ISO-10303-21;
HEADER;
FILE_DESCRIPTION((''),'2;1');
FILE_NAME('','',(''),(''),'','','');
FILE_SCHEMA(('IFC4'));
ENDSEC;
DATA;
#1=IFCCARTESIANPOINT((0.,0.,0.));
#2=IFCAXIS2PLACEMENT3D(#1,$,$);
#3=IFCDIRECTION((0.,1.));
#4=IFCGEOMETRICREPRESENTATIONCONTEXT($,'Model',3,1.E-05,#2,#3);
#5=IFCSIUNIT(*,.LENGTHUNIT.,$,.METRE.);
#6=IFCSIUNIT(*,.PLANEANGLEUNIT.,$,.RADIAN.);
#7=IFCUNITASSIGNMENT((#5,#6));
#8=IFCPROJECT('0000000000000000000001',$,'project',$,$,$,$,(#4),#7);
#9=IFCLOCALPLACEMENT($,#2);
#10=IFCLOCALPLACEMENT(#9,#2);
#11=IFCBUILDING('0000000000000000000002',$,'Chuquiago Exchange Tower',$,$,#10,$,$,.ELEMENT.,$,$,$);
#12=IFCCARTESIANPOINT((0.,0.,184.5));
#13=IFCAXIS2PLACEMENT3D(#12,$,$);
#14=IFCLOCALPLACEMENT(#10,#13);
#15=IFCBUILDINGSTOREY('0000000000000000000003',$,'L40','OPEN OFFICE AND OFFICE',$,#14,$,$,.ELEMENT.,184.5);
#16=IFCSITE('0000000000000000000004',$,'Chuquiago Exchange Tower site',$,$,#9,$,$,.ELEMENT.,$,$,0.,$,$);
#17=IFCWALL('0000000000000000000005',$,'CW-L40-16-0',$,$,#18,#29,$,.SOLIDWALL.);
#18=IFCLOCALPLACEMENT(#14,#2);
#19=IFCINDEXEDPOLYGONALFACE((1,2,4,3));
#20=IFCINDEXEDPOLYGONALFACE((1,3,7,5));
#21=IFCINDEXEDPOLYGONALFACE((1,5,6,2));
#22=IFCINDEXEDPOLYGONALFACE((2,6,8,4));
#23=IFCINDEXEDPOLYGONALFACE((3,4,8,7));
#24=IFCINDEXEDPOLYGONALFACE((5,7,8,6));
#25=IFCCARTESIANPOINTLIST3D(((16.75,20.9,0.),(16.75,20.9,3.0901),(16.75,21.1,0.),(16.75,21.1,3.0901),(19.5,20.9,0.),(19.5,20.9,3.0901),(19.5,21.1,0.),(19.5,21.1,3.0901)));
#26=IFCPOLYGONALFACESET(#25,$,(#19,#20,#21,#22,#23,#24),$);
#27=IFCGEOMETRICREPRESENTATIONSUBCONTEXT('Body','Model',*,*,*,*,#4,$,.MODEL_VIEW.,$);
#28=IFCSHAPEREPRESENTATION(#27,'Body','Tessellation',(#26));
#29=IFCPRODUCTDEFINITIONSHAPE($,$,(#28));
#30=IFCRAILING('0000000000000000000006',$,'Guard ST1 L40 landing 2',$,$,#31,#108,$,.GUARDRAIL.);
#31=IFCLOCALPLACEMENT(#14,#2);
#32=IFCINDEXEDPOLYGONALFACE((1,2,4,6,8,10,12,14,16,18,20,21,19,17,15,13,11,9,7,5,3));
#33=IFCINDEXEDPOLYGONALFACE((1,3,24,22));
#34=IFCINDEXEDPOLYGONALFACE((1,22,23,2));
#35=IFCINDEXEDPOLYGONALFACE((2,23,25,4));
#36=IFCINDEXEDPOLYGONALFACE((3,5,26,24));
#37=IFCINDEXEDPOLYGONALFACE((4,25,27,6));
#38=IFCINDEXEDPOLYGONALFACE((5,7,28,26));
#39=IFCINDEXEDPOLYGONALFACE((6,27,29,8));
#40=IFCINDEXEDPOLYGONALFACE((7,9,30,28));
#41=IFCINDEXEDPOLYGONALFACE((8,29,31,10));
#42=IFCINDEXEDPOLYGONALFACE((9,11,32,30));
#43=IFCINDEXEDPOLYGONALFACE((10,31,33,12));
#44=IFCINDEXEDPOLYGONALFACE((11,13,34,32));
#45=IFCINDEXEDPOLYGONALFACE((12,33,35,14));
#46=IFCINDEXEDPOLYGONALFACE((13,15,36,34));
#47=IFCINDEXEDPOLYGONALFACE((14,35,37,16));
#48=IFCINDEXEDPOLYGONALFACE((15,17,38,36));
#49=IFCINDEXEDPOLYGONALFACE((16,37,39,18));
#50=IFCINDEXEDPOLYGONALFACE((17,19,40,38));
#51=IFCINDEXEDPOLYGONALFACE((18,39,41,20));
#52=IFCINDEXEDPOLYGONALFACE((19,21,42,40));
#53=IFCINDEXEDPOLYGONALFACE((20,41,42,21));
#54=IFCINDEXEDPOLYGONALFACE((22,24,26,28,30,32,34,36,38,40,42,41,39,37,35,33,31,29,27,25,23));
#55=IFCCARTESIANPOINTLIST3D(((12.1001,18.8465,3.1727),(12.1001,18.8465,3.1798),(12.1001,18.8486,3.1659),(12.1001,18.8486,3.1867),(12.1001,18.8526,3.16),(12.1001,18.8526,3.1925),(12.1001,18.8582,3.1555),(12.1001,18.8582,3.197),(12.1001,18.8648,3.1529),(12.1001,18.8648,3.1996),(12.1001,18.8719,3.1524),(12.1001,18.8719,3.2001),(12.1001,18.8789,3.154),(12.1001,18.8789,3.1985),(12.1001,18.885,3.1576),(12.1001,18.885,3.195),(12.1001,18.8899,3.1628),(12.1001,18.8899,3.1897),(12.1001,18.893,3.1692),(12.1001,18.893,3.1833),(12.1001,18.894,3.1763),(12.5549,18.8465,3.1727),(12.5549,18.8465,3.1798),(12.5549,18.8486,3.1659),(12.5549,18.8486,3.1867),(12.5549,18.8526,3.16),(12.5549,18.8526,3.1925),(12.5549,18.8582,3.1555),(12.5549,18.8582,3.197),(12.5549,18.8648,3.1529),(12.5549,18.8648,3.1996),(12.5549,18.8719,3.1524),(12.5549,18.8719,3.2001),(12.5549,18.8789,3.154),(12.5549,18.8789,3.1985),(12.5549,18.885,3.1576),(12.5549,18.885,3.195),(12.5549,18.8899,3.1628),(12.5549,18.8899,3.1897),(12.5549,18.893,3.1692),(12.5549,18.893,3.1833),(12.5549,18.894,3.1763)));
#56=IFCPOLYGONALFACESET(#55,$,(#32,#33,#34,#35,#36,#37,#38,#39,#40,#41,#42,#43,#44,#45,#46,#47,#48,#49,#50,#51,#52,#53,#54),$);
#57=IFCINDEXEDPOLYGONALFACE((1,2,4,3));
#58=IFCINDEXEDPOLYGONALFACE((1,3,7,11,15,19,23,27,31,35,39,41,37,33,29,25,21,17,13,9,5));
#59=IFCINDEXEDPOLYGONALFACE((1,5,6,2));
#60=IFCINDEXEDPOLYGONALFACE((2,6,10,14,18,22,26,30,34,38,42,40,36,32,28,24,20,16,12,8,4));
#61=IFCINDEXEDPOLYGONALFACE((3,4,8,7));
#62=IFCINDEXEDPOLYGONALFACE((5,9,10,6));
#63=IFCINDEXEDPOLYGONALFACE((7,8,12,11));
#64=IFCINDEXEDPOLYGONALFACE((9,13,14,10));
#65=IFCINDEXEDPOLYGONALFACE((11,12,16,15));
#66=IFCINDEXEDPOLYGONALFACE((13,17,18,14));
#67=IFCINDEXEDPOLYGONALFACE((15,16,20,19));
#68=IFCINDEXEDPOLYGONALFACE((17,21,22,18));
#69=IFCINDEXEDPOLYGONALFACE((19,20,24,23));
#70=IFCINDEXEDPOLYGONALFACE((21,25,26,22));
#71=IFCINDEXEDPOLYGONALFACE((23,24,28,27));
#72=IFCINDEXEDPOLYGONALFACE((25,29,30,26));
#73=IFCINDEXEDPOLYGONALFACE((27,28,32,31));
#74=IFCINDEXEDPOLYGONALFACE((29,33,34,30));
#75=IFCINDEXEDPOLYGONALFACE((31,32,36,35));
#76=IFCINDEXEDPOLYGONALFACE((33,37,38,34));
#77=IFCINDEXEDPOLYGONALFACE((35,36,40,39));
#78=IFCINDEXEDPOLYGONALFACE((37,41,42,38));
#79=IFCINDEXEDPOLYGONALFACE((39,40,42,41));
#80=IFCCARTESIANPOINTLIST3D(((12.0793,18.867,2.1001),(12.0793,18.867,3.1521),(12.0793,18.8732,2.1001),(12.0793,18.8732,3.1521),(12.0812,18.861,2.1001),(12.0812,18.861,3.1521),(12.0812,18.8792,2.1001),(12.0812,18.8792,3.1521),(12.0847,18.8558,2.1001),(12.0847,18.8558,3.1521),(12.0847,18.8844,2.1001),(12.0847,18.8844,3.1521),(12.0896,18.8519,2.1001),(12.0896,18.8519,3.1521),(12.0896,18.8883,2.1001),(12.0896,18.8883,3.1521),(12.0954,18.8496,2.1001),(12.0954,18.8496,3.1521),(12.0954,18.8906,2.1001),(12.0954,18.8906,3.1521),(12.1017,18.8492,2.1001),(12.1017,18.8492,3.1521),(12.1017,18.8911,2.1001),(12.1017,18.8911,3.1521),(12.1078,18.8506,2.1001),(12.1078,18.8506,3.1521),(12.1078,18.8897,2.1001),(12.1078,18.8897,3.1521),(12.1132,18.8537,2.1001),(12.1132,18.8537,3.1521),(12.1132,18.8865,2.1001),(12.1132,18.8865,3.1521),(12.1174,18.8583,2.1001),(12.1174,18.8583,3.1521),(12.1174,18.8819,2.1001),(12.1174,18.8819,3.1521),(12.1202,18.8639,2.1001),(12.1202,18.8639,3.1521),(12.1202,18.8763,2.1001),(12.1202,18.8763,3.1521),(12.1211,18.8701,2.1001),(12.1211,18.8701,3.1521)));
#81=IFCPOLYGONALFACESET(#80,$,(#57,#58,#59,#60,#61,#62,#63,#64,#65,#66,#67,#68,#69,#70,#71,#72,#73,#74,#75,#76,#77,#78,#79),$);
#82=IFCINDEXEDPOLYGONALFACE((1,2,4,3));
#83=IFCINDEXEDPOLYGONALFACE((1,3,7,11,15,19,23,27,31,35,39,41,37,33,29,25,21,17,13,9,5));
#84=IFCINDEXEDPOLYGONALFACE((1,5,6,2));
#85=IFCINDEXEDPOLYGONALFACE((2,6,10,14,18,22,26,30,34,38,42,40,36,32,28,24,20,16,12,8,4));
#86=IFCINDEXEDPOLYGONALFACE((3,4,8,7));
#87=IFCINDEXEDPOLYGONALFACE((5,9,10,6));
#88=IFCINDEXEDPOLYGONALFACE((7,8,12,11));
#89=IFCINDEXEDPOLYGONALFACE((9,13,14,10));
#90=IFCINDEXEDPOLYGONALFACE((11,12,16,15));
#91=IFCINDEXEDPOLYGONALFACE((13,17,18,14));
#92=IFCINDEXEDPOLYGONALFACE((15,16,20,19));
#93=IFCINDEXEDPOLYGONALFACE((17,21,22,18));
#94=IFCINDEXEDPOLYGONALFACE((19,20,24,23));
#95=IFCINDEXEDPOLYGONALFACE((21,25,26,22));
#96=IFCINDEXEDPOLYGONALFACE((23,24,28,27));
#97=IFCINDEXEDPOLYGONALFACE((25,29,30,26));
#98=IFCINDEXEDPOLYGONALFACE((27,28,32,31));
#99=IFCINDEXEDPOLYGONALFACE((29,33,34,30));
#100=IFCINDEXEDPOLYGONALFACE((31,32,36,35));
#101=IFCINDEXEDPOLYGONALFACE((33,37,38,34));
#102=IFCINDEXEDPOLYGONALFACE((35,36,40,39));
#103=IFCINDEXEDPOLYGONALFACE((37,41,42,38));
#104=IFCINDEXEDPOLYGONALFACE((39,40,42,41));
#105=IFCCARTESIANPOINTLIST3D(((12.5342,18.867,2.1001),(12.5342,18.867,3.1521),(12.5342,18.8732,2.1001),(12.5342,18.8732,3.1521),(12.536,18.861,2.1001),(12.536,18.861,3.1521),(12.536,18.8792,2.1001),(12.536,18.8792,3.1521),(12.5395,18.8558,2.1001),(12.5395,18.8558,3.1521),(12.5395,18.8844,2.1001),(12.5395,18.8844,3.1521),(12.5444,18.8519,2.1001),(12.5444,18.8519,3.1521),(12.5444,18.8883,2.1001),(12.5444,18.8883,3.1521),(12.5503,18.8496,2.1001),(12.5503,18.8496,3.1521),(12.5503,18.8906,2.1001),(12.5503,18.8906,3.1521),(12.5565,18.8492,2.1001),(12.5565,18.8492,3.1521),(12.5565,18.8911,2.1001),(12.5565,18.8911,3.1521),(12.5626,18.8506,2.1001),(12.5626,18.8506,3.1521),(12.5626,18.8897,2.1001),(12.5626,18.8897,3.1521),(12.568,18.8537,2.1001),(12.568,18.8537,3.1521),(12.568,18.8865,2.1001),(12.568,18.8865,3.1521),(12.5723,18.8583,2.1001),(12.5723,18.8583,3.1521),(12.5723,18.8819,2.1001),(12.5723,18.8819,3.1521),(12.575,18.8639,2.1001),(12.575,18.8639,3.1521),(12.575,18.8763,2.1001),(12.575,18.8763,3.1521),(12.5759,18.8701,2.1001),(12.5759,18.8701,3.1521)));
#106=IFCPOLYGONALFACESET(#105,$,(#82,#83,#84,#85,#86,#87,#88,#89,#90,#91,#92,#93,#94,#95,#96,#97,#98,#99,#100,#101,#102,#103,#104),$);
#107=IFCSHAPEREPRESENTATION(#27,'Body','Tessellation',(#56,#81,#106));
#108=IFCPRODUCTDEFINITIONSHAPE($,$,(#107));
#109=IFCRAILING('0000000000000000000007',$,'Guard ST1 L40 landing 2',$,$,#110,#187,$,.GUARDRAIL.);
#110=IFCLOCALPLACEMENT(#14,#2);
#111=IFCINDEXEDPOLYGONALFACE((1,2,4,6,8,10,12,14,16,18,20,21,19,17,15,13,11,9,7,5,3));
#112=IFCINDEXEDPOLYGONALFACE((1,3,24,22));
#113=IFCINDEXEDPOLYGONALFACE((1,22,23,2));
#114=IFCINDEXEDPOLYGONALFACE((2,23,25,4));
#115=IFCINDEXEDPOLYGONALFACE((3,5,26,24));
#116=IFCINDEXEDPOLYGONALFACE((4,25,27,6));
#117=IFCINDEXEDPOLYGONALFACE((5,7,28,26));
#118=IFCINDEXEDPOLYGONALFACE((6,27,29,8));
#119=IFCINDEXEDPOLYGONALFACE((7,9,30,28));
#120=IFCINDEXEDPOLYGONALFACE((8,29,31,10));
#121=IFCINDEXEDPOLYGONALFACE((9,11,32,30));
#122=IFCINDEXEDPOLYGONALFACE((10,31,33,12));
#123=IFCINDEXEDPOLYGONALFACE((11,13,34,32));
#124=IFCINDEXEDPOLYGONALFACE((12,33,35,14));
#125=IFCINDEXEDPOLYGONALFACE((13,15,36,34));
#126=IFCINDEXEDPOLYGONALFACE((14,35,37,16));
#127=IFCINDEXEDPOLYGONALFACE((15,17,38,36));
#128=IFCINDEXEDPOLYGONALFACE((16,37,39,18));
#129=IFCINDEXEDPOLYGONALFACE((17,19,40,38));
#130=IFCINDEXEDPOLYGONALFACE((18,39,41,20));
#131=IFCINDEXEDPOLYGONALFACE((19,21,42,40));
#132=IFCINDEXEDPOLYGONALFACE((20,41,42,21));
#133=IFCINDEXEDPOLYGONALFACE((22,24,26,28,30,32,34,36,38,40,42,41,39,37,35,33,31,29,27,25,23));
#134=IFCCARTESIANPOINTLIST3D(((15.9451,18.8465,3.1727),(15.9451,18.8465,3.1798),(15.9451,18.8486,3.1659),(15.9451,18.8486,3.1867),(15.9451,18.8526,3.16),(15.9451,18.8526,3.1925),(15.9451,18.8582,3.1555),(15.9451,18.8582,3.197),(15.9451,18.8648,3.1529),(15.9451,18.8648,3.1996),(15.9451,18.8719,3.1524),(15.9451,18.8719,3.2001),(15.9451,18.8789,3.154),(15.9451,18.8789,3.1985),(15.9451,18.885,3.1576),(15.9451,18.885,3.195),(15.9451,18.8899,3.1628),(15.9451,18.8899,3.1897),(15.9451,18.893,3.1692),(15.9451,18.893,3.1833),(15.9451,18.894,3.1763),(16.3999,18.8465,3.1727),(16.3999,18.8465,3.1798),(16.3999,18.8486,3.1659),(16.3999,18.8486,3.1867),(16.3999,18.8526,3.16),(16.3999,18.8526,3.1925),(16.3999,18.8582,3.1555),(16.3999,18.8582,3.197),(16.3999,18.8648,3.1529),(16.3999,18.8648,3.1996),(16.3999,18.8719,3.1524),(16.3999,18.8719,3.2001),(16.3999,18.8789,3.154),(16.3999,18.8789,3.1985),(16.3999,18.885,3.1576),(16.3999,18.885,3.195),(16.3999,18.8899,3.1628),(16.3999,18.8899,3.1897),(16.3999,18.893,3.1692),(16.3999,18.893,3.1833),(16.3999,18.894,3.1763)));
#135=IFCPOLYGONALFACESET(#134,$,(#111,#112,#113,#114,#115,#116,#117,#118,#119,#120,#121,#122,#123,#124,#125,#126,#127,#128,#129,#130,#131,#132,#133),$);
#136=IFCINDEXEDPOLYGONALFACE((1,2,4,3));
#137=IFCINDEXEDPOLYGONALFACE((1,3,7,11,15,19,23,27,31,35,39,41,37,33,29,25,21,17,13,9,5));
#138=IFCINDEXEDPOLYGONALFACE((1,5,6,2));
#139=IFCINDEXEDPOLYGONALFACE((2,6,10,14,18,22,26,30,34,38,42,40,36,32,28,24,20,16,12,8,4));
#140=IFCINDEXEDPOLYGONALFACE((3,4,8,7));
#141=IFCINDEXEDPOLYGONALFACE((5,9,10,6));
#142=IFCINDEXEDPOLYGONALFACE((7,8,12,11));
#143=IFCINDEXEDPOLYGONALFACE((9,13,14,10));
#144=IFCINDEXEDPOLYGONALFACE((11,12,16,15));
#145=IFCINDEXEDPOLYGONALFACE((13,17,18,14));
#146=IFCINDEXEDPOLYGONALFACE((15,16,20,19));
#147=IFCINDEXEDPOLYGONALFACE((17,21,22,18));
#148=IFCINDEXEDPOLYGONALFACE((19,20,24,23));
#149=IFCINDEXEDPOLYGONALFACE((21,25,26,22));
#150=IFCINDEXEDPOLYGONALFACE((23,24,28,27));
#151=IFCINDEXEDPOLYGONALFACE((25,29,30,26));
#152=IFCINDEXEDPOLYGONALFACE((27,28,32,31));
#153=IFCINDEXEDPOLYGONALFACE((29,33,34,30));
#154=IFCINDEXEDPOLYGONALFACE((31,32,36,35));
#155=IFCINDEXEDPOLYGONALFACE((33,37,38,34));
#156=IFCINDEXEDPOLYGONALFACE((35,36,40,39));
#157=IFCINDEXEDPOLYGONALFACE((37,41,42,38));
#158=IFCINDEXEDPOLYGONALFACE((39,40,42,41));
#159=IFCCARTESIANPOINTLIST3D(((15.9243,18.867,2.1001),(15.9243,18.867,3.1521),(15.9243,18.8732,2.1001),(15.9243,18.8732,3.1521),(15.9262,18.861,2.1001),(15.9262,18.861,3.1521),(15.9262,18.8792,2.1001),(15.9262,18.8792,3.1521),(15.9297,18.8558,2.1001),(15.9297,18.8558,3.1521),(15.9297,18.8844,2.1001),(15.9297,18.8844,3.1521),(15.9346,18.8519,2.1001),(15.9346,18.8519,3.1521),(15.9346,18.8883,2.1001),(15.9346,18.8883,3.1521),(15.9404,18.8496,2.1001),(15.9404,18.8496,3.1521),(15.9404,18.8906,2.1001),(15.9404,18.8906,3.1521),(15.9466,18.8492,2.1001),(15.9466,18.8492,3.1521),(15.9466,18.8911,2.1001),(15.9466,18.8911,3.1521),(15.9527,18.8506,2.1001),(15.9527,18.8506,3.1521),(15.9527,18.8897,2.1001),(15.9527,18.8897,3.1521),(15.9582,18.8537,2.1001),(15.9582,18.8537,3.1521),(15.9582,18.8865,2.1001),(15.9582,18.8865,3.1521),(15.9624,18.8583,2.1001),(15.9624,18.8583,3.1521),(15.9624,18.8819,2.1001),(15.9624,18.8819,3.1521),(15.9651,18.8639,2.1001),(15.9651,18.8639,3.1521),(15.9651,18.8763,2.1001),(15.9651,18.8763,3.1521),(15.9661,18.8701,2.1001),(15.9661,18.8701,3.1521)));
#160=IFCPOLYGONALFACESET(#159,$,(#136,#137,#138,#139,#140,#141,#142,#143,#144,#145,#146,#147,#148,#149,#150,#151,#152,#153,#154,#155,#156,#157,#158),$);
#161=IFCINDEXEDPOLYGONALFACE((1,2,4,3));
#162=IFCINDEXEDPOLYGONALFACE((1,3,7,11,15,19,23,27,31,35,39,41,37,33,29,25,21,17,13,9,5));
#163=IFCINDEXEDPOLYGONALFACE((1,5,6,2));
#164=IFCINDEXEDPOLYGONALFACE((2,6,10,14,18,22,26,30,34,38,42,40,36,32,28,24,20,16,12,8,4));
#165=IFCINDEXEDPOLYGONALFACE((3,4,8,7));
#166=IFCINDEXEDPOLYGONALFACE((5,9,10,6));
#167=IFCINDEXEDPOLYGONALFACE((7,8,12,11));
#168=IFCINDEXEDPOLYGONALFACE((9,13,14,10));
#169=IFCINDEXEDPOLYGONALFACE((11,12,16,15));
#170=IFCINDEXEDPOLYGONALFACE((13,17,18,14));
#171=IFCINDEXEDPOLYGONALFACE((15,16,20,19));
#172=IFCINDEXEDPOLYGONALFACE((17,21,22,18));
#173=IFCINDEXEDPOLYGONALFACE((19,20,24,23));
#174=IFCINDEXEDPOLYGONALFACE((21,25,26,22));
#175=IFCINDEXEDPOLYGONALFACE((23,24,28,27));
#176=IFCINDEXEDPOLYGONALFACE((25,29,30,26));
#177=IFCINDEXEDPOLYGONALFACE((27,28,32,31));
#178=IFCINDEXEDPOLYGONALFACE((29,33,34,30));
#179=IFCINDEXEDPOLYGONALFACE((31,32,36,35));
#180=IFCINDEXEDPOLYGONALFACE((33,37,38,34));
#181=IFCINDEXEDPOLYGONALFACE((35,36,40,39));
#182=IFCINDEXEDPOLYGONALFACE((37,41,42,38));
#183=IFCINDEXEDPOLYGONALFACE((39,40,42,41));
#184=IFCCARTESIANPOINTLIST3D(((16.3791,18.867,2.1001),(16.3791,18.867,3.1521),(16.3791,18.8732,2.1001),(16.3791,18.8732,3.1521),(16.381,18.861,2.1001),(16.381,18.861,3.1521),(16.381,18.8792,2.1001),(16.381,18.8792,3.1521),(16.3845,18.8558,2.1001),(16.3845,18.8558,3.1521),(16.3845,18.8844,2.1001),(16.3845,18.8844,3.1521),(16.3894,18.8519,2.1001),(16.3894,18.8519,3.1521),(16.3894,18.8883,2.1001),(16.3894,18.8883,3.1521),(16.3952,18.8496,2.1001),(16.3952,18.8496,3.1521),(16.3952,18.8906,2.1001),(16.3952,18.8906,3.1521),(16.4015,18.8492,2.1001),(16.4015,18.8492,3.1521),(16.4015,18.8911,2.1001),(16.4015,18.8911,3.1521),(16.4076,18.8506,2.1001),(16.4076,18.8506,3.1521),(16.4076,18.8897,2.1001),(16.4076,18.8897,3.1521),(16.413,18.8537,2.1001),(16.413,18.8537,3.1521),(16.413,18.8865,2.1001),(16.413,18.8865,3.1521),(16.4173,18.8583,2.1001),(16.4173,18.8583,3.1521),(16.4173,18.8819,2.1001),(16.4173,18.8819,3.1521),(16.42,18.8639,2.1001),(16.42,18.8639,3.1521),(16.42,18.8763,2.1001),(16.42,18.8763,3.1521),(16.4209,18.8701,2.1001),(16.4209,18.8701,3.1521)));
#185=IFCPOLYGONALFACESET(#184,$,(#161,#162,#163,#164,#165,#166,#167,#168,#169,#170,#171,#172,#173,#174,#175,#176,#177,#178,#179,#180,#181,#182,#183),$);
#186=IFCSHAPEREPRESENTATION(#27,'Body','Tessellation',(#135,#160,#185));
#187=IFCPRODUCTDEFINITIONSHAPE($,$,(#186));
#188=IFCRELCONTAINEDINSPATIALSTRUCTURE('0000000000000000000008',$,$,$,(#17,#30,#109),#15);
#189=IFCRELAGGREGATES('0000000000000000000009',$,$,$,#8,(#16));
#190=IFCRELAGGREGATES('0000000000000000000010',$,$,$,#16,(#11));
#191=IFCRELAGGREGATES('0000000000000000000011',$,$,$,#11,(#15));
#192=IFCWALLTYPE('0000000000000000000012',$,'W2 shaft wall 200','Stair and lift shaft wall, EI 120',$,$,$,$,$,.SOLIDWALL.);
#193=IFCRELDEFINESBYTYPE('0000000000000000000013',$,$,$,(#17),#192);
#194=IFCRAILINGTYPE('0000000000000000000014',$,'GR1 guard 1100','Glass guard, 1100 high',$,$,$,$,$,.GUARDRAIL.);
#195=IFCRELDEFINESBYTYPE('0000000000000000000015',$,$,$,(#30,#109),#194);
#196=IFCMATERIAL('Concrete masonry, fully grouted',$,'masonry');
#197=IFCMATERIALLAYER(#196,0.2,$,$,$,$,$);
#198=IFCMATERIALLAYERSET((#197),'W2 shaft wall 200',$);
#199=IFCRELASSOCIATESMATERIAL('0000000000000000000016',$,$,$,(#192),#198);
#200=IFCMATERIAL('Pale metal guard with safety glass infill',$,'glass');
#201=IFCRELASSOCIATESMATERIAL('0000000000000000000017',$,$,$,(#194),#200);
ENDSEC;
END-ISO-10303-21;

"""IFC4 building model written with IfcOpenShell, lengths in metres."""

from ifc_helpers import new_model, si_unit, direction, frame, frame_2d, origin, origin_2d, place, context, subcontext, project, spatial, rectangle, circle, extrude, material, layer, layer_set, type_object, element, save


model = new_model("IFC4")

# Units and contexts
model_context = context("Model", 3, precision=1e-05, world=origin(), true_north=direction((0.0, 1.0)))
body_context = subcontext(model_context, "Body", "Model", "MODEL_VIEW")
ifc_project = project(units=[si_unit("LENGTHUNIT", "METRE"), si_unit("PLANEANGLEUNIT", "RADIAN")], contexts=[model_context])

# Site, building, storey
site_placement = place(None, origin())
site = spatial("IfcSite", under=ifc_project, at=site_placement, Name="Chuquiago Exchange Tower site", CompositionType="ELEMENT", RefElevation=0.0)
building_placement = place(site_placement, origin())
building = spatial("IfcBuilding", under=site, at=building_placement, Name="Chuquiago Exchange Tower", CompositionType="ELEMENT")
storey_placement = place(building_placement, frame((0.0, 0.0, 184.5)))
storey = spatial("IfcBuildingStorey", under=building, at=storey_placement, Name="L40", Description="OPEN OFFICE AND OFFICE", CompositionType="ELEMENT", Elevation=184.5)

# Shared definitions
ifc_material_1 = material(Name="Concrete masonry, fully grouted", Category="masonry")
ifc_layer_1 = layer(ifc_material_1, 0.2)
ifc_layer_set_1 = layer_set([ifc_layer_1], Name="W2 shaft wall 200")
wall_type_1 = type_object("IfcWallType", Name="W2 shaft wall 200", Description="Stair and lift shaft wall, EI 120", PredefinedType="SOLIDWALL", material=ifc_layer_set_1)

# Wall
wall_1_placement = place(storey_placement, frame((16.75, 21.0, 0.0), z_axis=(0.0, 0.0, 1.0), x_axis=(1.0, 0.0, 0.0)))
element("IfcWall", 1, at=wall_1_placement, inside=storey, type_object=wall_type_1, Name="CW-L40-16-0", PredefinedType="SOLIDWALL", context=body_context, shape_type="SweptSolid", body=[
    extrude(rectangle(XDim=2.75, YDim=0.2, at=frame_2d((1.375, 0.0))), origin(), (0.0, 0.0, 1.0), 3.0901),
])

# Railings
ifc_material_2 = material(Name="Pale metal guard with safety glass infill", Category="glass")
railing_type_1 = type_object("IfcRailingType", Name="GR1 guard 1100", Description="Glass guard, 1100 high", PredefinedType="GUARDRAIL", material=ifc_material_2)
for number, where, name in (
    (2, (12.1001, 18.8701, 2.1001), "Guard ST1 L40 landing 2"),
    (3, (15.9451, 18.8701, 2.1001), "Guard ST1 L40 landing 2"),
):
    element("IfcRailing", number, at=place(storey_placement, frame(where)), inside=storey, type_object=railing_type_1, Name=name, PredefinedType="GUARDRAIL", context=body_context, shape_type="SweptSolid", body=[
        extrude(circle(Radius=0.0239, at=origin_2d()), frame((0.0, 0.0, 1.0762), z_axis=(1.0, 0.0, 0.0), x_axis=(0.0, 1.0, 0.0)), (0.0, 0.0, 1.0), 0.4548),
        extrude(circle(Radius=0.021, at=origin_2d()), origin(), (0.0, 0.0, 1.0), 1.052),
        extrude(circle(Radius=0.021, at=origin_2d()), frame((0.4548, 0.0, 0.0)), (0.0, 0.0, 1.0), 1.052),
    ])

save(model, "model.ifc")
